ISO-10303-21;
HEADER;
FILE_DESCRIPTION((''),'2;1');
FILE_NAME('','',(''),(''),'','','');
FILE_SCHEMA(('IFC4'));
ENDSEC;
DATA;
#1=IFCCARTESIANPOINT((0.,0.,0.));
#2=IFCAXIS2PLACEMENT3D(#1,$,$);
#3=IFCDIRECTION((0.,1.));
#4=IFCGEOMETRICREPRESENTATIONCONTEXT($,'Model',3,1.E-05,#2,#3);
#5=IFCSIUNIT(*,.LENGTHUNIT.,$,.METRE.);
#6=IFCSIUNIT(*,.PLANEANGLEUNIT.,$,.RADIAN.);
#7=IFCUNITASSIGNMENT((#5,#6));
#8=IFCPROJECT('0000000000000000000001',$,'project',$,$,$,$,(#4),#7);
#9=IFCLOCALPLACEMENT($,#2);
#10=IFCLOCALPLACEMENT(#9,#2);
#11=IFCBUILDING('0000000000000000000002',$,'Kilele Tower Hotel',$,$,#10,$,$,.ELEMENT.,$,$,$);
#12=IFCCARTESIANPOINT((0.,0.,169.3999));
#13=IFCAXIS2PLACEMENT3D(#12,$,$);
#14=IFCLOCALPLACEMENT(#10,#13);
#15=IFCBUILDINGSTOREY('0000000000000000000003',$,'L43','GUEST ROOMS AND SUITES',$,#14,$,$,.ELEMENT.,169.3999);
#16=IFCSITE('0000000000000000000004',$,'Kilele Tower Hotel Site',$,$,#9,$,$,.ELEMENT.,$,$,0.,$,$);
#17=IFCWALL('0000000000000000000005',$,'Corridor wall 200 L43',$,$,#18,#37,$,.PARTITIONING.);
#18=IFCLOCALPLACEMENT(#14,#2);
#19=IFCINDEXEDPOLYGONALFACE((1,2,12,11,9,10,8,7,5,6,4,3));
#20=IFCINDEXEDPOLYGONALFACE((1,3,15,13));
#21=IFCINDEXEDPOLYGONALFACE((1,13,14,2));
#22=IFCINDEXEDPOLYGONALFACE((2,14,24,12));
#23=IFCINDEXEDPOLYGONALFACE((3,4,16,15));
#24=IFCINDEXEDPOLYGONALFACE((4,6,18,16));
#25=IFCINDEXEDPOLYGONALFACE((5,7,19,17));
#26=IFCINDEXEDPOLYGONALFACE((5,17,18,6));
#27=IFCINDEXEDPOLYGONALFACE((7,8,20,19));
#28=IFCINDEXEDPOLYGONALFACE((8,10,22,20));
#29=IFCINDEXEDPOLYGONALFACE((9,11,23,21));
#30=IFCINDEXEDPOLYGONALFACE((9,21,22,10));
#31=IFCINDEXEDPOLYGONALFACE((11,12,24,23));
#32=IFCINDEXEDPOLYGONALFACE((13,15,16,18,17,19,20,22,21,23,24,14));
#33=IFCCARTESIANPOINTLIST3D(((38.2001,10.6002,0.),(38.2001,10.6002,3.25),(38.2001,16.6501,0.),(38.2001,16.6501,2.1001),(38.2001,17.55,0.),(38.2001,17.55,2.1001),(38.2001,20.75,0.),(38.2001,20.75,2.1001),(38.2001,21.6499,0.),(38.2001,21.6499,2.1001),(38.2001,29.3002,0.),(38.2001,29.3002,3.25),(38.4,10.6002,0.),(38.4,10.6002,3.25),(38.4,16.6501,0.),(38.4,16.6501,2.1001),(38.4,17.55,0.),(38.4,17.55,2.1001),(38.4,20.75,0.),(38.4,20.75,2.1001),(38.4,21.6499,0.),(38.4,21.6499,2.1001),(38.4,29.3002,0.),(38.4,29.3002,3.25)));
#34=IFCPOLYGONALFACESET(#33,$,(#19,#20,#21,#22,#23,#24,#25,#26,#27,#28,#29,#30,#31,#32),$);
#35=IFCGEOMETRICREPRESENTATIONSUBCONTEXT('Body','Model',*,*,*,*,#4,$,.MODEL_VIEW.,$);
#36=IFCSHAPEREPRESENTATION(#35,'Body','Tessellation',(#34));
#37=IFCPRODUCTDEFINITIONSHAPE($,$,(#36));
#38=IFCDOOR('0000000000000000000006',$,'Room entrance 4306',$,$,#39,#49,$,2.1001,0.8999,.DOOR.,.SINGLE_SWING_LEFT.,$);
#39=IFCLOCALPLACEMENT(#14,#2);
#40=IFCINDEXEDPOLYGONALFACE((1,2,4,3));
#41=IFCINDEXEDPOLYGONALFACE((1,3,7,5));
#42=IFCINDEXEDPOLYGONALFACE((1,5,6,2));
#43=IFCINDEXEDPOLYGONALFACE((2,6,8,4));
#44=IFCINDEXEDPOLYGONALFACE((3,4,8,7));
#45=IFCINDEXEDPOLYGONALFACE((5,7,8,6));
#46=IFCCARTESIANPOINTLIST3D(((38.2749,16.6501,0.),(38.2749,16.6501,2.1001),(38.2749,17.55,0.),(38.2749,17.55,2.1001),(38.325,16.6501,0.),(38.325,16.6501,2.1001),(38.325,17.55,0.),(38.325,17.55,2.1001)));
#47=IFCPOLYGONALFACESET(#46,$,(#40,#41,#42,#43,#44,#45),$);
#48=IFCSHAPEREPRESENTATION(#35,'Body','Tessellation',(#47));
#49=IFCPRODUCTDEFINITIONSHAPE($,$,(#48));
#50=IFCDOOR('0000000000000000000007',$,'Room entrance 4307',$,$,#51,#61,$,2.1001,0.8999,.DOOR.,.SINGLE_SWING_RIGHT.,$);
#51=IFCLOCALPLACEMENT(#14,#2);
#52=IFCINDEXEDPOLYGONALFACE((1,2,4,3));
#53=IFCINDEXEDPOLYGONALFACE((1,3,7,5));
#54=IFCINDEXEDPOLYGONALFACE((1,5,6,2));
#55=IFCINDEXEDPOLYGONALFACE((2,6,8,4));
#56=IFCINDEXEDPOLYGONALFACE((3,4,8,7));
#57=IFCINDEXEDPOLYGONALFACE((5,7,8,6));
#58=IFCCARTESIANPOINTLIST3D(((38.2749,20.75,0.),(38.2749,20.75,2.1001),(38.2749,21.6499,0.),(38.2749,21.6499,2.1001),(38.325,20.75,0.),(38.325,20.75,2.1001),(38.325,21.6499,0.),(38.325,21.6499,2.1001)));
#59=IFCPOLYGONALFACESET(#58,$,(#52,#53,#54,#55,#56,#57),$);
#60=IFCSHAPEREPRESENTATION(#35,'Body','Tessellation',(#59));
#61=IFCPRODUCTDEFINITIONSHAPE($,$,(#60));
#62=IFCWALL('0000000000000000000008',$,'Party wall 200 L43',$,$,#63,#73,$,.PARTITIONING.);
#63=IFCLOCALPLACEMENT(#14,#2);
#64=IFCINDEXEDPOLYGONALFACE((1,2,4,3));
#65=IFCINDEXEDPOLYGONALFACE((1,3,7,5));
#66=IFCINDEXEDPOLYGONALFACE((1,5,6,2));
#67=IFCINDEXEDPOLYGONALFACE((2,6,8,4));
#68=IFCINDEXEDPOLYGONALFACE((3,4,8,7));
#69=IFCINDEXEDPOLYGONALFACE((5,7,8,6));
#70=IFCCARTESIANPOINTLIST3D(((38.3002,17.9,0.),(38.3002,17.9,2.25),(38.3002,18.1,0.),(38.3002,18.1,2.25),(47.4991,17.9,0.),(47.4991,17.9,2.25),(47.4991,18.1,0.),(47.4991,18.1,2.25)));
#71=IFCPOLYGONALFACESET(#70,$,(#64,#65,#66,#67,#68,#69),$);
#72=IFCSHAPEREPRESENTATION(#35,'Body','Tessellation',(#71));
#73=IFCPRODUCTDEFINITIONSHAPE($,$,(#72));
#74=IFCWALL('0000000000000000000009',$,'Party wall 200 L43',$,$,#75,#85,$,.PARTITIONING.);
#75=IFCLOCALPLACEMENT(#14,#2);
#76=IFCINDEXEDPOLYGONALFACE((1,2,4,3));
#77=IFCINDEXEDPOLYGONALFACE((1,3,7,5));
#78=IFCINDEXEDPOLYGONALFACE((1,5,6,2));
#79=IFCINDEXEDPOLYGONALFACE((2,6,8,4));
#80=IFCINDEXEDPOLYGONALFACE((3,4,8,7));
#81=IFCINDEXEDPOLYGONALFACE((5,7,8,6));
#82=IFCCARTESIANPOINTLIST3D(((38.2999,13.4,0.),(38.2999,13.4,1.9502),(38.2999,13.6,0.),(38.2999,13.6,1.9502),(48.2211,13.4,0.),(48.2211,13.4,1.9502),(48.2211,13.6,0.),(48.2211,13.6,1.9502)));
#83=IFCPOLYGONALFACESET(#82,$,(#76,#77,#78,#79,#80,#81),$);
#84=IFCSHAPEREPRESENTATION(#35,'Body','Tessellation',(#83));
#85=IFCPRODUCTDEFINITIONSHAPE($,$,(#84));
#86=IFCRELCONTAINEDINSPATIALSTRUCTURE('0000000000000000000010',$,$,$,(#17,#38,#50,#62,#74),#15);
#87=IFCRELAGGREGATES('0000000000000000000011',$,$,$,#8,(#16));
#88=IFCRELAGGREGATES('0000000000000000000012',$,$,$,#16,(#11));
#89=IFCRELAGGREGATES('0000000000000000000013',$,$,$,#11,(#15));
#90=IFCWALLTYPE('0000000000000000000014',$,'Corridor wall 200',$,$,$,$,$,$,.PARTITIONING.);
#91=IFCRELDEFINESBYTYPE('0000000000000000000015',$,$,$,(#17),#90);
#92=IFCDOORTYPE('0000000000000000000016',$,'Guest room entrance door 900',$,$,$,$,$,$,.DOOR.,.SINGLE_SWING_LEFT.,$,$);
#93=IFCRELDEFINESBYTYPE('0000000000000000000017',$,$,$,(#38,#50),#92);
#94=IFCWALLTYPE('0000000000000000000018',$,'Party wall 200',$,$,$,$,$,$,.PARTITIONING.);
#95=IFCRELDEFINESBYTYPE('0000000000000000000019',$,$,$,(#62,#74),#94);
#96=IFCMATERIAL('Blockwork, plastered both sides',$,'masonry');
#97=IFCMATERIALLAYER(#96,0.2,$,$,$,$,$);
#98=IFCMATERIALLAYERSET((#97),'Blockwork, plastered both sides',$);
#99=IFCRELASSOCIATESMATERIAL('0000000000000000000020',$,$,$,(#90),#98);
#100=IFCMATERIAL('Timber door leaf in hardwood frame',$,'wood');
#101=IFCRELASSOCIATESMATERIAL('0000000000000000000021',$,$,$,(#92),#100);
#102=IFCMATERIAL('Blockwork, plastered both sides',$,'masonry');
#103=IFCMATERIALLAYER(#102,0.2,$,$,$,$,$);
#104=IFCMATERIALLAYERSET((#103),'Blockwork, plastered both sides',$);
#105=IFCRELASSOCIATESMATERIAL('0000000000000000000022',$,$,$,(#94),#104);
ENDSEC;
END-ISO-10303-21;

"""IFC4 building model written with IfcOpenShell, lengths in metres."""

from ifc_helpers import new_model, si_unit, direction, frame, frame_2d, origin, place, context, subcontext, project, spatial, rectangle, extrude, material, layer, layer_set, type_object, element, fill, save


model = new_model("IFC4")

# Units and contexts
model_context = context("Model", 3, precision=1e-05, world=origin(), true_north=direction((0.0, 1.0)))
body_context = subcontext(model_context, "Body", "Model", "MODEL_VIEW")
ifc_project = project(units=[si_unit("LENGTHUNIT", "METRE"), si_unit("PLANEANGLEUNIT", "RADIAN")], contexts=[model_context])

# Site, building, storey
site_placement = place(None, origin())
site = spatial("IfcSite", under=ifc_project, at=site_placement, Name="Kilele Tower Hotel Site", CompositionType="ELEMENT", RefElevation=0.0)
building_placement = place(site_placement, origin())
building = spatial("IfcBuilding", under=site, at=building_placement, Name="Kilele Tower Hotel", CompositionType="ELEMENT")
storey_placement = place(building_placement, frame((0.0, 0.0, 169.3999)))
storey = spatial("IfcBuildingStorey", under=building, at=storey_placement, Name="L43", Description="GUEST ROOMS AND SUITES", CompositionType="ELEMENT", Elevation=169.3999)

# Wall, openings, doors
ifc_material_1 = material(Name="Blockwork, plastered both sides", Category="masonry")
ifc_layer_1 = layer(ifc_material_1, 0.2)
ifc_layer_set_1 = layer_set([ifc_layer_1], Name="Blockwork, plastered both sides")
wall_type_1 = type_object("IfcWallType", Name="Corridor wall 200", PredefinedType="PARTITIONING", material=ifc_layer_set_1)
wall_1_placement = place(storey_placement, frame((38.3, 10.6001, 0.0), z_axis=(0.0, 0.0, 1.0), x_axis=(0.0, 1.0, 0.0)))
wall_1 = element("IfcWall", 1, at=wall_1_placement, inside=storey, type_object=wall_type_1, Name="Corridor wall 200 L43", PredefinedType="PARTITIONING", context=body_context, shape_type="SweptSolid", body=[
    extrude(rectangle(XDim=18.7, YDim=0.2, at=frame_2d((9.3501, 0.0))), origin(), (0.0, 0.0, 1.0), 3.25),
])
opening_1_placement = place(wall_1_placement, frame((6.95, 0.0, 0.0), z_axis=(0.0, 0.0, 1.0), x_axis=(-1.0, 0.0, 0.0)))
opening_1 = element("IfcOpeningElement", 2, at=opening_1_placement, cuts=wall_1, PredefinedType="OPENING", context=body_context, shape_type="SweptSolid", body=[
    extrude(rectangle(XDim=0.8999, YDim=2.1001, at=frame_2d((0.45, 1.05))), frame((0.0, 0.1099, 0.0), z_axis=(0.0, -1.0, 0.0), x_axis=(1.0, 0.0, 0.0)), (0.0, 0.0, 1.0), 0.22),
])
opening_2_placement = place(wall_1_placement, frame((11.0498, 0.0, 0.0), z_axis=(0.0, 0.0, 1.0), x_axis=(-1.0, 0.0, 0.0)))
opening_2 = element("IfcOpeningElement", 3, at=opening_2_placement, cuts=wall_1, PredefinedType="OPENING", context=body_context, shape_type="SweptSolid", body=[
    extrude(rectangle(XDim=0.8999, YDim=2.1001, at=frame_2d((0.45, 1.05))), frame((0.0, 0.1099, 0.0), z_axis=(0.0, -1.0, 0.0), x_axis=(1.0, 0.0, 0.0)), (0.0, 0.0, 1.0), 0.22),
])
ifc_material_2 = material(Name="Timber door leaf in hardwood frame", Category="wood")
door_type_1 = type_object("IfcDoorType", Name="Guest room entrance door 900", OperationType="SINGLE_SWING_LEFT", PredefinedType="DOOR", material=ifc_material_2)
door_1_placement = place(opening_1_placement, origin())
door_1 = element("IfcDoor", 4, at=door_1_placement, inside=storey, type_object=door_type_1, Name="Room entrance 4306", OperationType="SINGLE_SWING_LEFT", OverallHeight=2.1001, OverallWidth=0.8999, PredefinedType="DOOR", context=body_context, shape_type="SweptSolid", body=[
    extrude(rectangle(XDim=0.8999, YDim=2.1001, at=frame_2d((0.45, 1.05))), frame((0.0, 0.0249, 0.0), z_axis=(0.0, -1.0, 0.0), x_axis=(1.0, 0.0, 0.0)), (0.0, 0.0, 1.0), 0.05),
])
fill(opening_1, door_1)
door_2_placement = place(opening_2_placement, origin())
door_2 = element("IfcDoor", 5, at=door_2_placement, inside=storey, type_object=door_type_1, Name="Room entrance 4307", OperationType="SINGLE_SWING_RIGHT", OverallHeight=2.1001, OverallWidth=0.8999, PredefinedType="DOOR", context=body_context, shape_type="SweptSolid", body=[
    extrude(rectangle(XDim=0.8999, YDim=2.1001, at=frame_2d((0.45, 1.05))), frame((0.0, 0.0249, 0.0), z_axis=(0.0, -1.0, 0.0), x_axis=(1.0, 0.0, 0.0)), (0.0, 0.0, 1.0), 0.05),
])
fill(opening_2, door_2)

# Walls
ifc_material_3 = material(Name="Blockwork, plastered both sides", Category="masonry")
ifc_layer_2 = layer(ifc_material_3, 0.2)
ifc_layer_set_2 = layer_set([ifc_layer_2], Name="Blockwork, plastered both sides")
wall_type_2 = type_object("IfcWallType", Name="Party wall 200", PredefinedType="PARTITIONING", material=ifc_layer_set_2)
wall_2_placement = place(storey_placement, frame((38.3, 18.0, 0.0), z_axis=(0.0, 0.0, 1.0), x_axis=(1.0, 0.0, 0.0)))
element("IfcWall", 6, at=wall_2_placement, inside=storey, type_object=wall_type_2, Name="Party wall 200 L43", PredefinedType="PARTITIONING", context=body_context, shape_type="SweptSolid", body=[
    extrude(rectangle(XDim=9.199, YDim=0.2, at=frame_2d((4.5996, 0.0))), origin(), (0.0, 0.0, 1.0), 2.25),
])
wall_3_placement = place(storey_placement, frame((38.3, 13.5, 0.0), z_axis=(0.0, 0.0, 1.0), x_axis=(1.0, 0.0, 0.0)))
element("IfcWall", 7, at=wall_3_placement, inside=storey, type_object=wall_type_2, Name="Party wall 200 L43", PredefinedType="PARTITIONING", context=body_context, shape_type="SweptSolid", body=[
    extrude(rectangle(XDim=9.9211, YDim=0.2, at=frame_2d((4.9604, 0.0))), origin(), (0.0, 0.0, 1.0), 1.9502),
])

save(model, "model.ifc")
